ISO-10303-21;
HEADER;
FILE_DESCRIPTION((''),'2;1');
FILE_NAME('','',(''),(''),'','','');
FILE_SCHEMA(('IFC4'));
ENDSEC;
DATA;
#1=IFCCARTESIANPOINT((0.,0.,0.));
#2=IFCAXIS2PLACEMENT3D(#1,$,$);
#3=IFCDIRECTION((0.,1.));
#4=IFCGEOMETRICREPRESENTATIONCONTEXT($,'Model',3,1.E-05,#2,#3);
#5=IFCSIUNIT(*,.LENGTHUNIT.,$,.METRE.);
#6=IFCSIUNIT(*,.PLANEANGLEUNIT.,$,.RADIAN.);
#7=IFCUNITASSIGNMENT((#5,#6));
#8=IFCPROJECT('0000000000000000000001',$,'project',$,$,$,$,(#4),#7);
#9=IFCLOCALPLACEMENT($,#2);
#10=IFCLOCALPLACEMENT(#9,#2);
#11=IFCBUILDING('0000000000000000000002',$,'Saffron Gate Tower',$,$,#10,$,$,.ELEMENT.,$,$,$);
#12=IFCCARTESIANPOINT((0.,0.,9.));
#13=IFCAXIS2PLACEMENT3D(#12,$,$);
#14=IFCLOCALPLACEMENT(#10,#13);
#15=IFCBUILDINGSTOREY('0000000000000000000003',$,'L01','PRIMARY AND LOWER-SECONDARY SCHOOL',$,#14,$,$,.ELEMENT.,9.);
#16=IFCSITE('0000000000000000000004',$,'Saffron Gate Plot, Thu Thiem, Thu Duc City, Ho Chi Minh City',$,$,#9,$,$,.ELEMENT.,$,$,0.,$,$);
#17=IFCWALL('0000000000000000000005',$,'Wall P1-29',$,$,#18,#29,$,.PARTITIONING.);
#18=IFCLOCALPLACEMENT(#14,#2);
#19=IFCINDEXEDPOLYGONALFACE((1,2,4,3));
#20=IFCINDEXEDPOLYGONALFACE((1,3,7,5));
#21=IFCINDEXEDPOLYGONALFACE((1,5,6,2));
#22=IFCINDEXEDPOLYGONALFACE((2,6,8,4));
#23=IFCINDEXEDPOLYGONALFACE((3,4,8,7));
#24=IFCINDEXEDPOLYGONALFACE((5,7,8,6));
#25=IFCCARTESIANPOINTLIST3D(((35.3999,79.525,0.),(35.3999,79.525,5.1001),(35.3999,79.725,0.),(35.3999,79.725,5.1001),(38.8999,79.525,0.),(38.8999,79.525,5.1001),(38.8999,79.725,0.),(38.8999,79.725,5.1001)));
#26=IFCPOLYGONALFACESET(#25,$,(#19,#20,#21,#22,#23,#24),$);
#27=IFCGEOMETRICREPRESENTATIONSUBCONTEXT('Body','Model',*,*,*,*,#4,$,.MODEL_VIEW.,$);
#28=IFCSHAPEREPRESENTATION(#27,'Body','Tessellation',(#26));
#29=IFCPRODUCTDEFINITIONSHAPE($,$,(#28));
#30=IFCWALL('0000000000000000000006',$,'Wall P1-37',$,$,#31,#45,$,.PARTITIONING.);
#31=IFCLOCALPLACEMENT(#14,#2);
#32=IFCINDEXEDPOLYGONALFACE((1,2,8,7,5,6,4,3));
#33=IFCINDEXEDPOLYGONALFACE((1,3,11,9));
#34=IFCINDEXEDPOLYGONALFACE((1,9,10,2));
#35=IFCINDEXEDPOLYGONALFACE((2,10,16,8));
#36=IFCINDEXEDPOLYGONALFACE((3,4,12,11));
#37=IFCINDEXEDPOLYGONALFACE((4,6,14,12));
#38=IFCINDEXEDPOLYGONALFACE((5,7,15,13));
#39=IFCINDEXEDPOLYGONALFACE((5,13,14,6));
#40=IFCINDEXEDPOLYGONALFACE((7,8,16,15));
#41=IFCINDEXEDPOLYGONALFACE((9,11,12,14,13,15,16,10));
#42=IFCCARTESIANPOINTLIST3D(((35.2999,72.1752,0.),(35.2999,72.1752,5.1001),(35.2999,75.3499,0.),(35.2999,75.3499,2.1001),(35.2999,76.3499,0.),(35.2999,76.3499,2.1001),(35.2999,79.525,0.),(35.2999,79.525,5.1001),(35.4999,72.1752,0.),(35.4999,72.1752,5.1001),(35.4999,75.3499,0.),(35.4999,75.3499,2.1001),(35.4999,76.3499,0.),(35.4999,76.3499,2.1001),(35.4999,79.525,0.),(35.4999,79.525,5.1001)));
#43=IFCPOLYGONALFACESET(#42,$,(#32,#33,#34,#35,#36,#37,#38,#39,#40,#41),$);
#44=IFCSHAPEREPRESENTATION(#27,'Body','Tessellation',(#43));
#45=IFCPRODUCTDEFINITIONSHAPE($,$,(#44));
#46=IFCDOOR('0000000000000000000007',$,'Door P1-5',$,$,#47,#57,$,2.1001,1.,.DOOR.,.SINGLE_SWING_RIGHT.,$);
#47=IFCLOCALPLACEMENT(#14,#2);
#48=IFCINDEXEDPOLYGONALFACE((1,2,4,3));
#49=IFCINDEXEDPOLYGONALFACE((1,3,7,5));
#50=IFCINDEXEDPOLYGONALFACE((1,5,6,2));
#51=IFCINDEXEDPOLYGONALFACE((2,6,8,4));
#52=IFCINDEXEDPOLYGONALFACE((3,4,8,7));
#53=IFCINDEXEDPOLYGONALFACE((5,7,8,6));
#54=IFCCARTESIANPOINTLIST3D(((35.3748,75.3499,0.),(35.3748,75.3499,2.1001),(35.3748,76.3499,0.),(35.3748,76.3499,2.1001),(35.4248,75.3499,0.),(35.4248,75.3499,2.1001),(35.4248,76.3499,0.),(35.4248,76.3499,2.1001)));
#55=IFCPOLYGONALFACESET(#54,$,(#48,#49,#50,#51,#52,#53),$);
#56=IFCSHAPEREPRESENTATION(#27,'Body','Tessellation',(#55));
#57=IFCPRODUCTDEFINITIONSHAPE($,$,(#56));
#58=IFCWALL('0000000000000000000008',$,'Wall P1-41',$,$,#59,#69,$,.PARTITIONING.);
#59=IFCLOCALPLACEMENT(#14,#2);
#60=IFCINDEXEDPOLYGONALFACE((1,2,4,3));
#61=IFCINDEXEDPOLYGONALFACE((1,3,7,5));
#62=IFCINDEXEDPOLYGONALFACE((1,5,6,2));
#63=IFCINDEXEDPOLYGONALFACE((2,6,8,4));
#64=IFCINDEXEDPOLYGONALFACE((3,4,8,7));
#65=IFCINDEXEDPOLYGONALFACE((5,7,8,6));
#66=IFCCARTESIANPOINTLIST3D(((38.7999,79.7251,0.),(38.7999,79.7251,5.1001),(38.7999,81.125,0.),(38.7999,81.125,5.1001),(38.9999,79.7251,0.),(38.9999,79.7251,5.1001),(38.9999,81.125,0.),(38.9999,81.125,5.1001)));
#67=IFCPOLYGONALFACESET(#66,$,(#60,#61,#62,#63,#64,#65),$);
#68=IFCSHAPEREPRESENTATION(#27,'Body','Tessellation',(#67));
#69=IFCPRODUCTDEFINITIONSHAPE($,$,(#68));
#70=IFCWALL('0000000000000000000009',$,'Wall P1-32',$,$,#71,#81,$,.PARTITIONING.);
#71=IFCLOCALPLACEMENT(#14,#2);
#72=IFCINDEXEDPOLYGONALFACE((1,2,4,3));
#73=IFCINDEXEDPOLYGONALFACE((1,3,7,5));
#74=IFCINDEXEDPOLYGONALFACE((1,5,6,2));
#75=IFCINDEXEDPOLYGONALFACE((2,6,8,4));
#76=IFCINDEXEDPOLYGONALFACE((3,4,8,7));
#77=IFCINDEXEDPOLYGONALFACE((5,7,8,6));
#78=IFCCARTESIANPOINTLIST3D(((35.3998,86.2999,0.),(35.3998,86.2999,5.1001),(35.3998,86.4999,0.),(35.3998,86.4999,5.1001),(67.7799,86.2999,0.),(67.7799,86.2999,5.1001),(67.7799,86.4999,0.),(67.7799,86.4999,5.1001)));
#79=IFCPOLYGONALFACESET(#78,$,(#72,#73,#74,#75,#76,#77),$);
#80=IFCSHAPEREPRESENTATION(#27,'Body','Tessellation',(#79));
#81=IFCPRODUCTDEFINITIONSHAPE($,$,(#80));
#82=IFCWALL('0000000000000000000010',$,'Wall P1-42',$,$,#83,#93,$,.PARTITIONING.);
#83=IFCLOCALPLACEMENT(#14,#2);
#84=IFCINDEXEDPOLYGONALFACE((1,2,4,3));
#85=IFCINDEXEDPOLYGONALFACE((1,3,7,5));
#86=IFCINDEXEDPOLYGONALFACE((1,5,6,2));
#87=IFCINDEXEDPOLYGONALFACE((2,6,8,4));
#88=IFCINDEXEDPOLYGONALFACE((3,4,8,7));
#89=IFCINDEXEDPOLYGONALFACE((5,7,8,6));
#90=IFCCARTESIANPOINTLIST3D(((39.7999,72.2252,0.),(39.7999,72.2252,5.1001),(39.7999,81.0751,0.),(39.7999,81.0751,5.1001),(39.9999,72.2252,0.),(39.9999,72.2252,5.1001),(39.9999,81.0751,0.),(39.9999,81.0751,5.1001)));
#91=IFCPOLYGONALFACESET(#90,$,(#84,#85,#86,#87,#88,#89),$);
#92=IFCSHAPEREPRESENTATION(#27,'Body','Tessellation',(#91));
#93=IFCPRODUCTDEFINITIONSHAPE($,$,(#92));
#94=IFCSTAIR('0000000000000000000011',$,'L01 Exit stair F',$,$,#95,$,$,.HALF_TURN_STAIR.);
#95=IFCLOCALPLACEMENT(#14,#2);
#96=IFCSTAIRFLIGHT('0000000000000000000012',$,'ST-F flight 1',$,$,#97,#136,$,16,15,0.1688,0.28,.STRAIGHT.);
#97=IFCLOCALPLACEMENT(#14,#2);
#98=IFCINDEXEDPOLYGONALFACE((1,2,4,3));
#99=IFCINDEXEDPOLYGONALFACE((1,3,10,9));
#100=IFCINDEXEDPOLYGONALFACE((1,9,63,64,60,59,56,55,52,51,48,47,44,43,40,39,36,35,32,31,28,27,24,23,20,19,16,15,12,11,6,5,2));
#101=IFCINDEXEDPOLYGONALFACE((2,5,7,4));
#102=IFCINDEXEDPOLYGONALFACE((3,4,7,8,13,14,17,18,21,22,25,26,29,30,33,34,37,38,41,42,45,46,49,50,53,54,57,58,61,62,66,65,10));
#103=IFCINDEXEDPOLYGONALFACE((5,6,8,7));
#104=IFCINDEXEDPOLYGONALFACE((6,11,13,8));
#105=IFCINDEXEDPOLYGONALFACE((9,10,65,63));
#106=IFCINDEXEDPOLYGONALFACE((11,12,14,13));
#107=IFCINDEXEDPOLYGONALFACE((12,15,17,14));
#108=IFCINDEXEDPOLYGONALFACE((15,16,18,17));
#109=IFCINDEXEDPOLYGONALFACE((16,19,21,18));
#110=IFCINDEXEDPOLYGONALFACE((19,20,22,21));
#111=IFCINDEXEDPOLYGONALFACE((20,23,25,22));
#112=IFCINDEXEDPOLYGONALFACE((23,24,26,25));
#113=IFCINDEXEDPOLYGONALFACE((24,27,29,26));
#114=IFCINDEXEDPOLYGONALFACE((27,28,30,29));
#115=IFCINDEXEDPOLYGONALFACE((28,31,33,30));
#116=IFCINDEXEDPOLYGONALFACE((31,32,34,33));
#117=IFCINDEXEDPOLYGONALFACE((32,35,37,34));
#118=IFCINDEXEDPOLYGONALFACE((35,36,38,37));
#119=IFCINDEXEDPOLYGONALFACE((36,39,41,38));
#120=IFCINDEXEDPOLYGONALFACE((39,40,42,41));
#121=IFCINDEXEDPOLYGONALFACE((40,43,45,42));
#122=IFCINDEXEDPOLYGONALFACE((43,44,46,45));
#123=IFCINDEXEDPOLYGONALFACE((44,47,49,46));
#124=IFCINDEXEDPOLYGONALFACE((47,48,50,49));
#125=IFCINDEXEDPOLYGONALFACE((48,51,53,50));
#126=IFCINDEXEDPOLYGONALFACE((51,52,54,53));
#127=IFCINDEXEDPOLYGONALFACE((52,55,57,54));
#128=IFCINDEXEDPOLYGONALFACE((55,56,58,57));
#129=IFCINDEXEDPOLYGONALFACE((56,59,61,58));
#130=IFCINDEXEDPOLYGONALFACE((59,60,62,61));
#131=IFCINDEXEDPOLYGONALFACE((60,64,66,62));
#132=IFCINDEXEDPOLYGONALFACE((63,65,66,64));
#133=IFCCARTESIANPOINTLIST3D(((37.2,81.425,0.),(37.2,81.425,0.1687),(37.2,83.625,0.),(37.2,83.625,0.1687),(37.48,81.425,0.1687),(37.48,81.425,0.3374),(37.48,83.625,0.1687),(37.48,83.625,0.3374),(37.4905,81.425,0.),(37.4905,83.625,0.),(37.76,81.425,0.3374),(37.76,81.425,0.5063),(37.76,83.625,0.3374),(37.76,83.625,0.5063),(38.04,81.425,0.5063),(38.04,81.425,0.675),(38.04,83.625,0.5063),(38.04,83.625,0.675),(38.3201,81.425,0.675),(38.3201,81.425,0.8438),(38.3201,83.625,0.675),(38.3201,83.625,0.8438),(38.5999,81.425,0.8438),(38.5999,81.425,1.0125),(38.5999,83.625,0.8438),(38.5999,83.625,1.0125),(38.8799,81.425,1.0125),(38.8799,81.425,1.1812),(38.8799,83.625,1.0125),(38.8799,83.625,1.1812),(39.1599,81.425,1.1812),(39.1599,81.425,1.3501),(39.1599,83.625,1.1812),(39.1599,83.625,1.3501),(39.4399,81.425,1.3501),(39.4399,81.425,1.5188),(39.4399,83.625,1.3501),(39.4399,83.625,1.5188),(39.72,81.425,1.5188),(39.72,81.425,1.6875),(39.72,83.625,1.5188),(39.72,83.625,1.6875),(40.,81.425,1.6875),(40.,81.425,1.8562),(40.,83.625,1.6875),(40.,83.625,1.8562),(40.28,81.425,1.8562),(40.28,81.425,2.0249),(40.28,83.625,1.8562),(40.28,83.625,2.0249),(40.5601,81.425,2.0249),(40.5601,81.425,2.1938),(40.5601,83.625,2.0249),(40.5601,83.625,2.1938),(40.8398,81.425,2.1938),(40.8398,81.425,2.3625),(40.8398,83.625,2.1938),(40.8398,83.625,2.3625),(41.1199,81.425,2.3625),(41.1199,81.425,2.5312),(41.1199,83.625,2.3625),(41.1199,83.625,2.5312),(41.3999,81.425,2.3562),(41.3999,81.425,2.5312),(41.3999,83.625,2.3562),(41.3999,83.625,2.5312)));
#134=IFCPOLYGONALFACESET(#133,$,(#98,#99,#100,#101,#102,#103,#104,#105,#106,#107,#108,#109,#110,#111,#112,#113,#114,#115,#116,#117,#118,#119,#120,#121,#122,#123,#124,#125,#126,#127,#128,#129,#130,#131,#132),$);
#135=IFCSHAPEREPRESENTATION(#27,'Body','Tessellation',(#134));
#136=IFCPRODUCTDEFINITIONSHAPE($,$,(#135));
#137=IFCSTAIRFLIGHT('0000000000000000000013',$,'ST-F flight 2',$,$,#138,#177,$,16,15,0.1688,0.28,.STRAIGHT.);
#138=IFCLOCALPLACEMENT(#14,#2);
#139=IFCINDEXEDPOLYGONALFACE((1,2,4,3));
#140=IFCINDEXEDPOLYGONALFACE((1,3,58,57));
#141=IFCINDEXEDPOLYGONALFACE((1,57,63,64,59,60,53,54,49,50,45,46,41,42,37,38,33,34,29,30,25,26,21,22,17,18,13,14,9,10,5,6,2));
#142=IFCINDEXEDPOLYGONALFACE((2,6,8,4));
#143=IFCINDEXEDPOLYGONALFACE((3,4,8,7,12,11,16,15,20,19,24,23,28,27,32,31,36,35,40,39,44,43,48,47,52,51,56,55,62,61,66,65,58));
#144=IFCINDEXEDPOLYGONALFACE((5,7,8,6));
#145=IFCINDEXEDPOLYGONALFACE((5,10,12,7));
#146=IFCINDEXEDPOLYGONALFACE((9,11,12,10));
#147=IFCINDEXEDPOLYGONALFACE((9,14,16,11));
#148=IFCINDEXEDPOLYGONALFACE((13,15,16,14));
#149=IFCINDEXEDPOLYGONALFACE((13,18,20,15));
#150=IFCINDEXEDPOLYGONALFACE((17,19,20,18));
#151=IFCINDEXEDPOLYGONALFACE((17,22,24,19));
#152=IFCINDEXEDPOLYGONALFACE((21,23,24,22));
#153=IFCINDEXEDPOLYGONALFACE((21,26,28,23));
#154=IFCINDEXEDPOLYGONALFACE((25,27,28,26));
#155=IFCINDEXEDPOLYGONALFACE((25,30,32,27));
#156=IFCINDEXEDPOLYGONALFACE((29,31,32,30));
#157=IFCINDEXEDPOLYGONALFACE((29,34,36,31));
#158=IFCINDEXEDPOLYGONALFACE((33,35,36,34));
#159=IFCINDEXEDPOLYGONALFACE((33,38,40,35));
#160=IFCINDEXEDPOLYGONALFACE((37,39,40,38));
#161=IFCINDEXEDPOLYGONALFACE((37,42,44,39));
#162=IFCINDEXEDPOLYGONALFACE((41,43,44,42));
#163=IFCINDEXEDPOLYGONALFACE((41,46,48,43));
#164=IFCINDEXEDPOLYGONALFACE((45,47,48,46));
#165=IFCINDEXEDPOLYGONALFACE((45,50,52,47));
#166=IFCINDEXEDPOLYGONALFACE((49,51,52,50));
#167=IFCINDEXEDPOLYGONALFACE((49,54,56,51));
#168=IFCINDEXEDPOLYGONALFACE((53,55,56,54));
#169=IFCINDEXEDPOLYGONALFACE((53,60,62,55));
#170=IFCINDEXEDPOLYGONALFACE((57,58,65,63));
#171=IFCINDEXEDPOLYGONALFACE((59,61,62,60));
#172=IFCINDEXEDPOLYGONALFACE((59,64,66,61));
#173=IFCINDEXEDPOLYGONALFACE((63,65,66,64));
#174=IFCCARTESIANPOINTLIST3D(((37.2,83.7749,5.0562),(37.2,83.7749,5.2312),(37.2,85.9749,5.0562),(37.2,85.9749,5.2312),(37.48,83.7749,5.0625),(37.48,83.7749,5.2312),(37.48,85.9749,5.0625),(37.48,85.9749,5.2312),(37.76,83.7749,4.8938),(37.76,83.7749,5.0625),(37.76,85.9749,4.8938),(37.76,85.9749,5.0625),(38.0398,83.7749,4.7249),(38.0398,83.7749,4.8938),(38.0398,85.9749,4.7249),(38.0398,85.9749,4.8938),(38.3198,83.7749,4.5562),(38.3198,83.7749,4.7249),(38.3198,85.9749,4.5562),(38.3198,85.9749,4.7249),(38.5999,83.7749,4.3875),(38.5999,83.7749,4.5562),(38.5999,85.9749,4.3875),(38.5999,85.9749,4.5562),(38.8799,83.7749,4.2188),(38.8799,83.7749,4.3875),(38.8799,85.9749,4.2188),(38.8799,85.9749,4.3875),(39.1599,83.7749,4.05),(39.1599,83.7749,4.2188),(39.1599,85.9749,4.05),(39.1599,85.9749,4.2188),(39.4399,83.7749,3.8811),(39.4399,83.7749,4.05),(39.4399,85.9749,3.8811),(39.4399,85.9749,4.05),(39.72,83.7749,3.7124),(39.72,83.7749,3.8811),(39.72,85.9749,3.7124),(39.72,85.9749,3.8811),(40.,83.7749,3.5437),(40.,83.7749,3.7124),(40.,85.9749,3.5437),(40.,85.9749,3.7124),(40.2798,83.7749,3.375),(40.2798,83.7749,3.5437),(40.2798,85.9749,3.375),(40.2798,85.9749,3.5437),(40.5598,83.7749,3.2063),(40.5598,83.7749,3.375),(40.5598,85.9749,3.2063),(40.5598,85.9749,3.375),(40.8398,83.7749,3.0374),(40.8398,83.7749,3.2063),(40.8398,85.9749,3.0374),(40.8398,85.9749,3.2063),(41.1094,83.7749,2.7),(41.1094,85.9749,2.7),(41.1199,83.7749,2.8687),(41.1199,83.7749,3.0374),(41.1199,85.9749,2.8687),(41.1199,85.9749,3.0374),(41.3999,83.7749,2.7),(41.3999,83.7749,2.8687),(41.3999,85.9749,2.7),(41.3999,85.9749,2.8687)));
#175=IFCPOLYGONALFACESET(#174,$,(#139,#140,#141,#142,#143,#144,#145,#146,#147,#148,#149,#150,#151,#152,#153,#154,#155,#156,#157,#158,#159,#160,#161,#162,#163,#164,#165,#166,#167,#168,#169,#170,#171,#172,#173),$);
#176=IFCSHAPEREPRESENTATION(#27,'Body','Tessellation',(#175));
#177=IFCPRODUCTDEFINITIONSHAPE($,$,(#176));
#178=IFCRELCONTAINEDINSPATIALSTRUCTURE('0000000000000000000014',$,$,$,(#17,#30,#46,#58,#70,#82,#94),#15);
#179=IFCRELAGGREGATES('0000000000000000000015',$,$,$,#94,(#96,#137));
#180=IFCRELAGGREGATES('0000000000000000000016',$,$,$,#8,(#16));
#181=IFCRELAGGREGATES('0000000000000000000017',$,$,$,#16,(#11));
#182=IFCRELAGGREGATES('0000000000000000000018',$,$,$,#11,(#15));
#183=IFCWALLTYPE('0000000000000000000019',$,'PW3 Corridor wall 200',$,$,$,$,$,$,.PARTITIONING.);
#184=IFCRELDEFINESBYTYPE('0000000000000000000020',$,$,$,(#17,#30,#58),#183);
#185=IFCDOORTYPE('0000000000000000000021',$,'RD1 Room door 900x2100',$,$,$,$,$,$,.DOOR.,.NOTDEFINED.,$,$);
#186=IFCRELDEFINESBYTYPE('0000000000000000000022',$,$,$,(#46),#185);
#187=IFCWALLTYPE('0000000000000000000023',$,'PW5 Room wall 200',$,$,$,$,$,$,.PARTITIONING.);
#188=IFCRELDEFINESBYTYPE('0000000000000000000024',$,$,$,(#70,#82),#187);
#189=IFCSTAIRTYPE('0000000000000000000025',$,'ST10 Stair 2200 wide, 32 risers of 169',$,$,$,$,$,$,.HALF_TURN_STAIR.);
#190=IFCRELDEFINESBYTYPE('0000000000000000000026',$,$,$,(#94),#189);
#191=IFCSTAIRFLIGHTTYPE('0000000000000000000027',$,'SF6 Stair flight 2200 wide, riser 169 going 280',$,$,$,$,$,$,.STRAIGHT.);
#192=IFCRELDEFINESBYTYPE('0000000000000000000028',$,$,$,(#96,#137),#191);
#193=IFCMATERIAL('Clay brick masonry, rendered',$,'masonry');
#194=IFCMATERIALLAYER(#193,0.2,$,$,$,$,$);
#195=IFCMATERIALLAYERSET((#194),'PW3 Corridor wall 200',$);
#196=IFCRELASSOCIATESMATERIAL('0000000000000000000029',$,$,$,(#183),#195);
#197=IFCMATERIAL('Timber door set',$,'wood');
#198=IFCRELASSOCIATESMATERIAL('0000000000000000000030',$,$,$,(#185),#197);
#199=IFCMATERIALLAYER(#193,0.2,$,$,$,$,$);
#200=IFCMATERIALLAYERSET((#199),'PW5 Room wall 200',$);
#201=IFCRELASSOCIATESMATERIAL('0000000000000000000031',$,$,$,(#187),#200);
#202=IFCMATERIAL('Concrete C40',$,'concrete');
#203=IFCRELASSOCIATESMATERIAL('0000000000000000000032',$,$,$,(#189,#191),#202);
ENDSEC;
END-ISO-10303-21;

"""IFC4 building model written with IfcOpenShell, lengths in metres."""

from ifc_helpers import new_model, si_unit, direction, frame, frame_2d, origin, place, context, subcontext, project, spatial, polyline, rectangle, outline, extrude, material, layer, layer_set, type_object, element, fill, aggregate, save


model = new_model("IFC4")

# Units and contexts
model_context = context("Model", 3, precision=1e-05, world=origin(), true_north=direction((0.0, 1.0)))
body_context = subcontext(model_context, "Body", "Model", "MODEL_VIEW")
ifc_project = project(units=[si_unit("LENGTHUNIT", "METRE"), si_unit("PLANEANGLEUNIT", "RADIAN")], contexts=[model_context])

# Site, building, storey
site_placement = place(None, origin())
site = spatial("IfcSite", under=ifc_project, at=site_placement, Name="Saffron Gate Plot, Thu Thiem, Thu Duc City, Ho Chi Minh City", CompositionType="ELEMENT", RefElevation=0.0)
building_placement = place(site_placement, origin())
building = spatial("IfcBuilding", under=site, at=building_placement, Name="Saffron Gate Tower", CompositionType="ELEMENT")
storey_placement = place(building_placement, frame((0.0, 0.0, 9.0)))
storey = spatial("IfcBuildingStorey", under=building, at=storey_placement, Name="L01", Description="PRIMARY AND LOWER-SECONDARY SCHOOL", CompositionType="ELEMENT", Elevation=9.0)

# Wall
ifc_material_1 = material(Name="Clay brick masonry, rendered", Category="masonry")
ifc_layer_1 = layer(ifc_material_1, 0.2)
ifc_layer_set_1 = layer_set([ifc_layer_1], Name="PW3 Corridor wall 200")
wall_type_1 = type_object("IfcWallType", Name="PW3 Corridor wall 200", PredefinedType="PARTITIONING", material=ifc_layer_set_1)
wall_1_placement = place(storey_placement, frame((35.3999, 79.625, 0.0), z_axis=(0.0, 0.0, 1.0), x_axis=(1.0, 0.0, 0.0)))
element("IfcWall", 1, at=wall_1_placement, inside=storey, type_object=wall_type_1, Name="Wall P1-29", PredefinedType="PARTITIONING", context=body_context, shape_type="SweptSolid", body=[
    extrude(rectangle(XDim=3.5, YDim=0.2, at=frame_2d((1.75, 0.0))), origin(), (0.0, 0.0, 1.0), 5.1001),
])

# Wall, opening, door
wall_2_placement = place(storey_placement, frame((35.3999, 79.5249, 0.0), z_axis=(0.0, 0.0, 1.0), x_axis=(0.0, -1.0, 0.0)))
wall_2 = element("IfcWall", 2, at=wall_2_placement, inside=storey, type_object=wall_type_1, Name="Wall P1-37", PredefinedType="PARTITIONING", context=body_context, shape_type="SweptSolid", body=[
    extrude(rectangle(XDim=7.3499, YDim=0.2, at=frame_2d((3.6748, 0.0))), origin(), (0.0, 0.0, 1.0), 5.1001),
])
opening_placement = place(wall_2_placement, frame((3.175, 0.0, 0.0)))
opening = element("IfcOpeningElement", 3, at=opening_placement, cuts=wall_2, PredefinedType="OPENING", context=body_context, shape_type="SweptSolid", body=[
    extrude(rectangle(XDim=1.0, YDim=2.1001, at=frame_2d((0.5, 1.05))), frame((0.0, 0.1099, 0.0), z_axis=(0.0, -1.0, 0.0), x_axis=(1.0, 0.0, 0.0)), (0.0, 0.0, 1.0), 0.22),
])
ifc_material_2 = material(Name="Timber door set", Category="wood")
door_type = type_object("IfcDoorType", Name="RD1 Room door 900x2100", OperationType="NOTDEFINED", PredefinedType="DOOR", material=ifc_material_2)
door_placement = place(opening_placement, origin())
door = element("IfcDoor", 4, at=door_placement, inside=storey, type_object=door_type, Name="Door P1-5", OperationType="SINGLE_SWING_RIGHT", OverallHeight=2.1001, OverallWidth=1.0, PredefinedType="DOOR", context=body_context, shape_type="SweptSolid", body=[
    extrude(rectangle(XDim=1.0, YDim=2.1001, at=frame_2d((0.5, 1.05))), frame((0.0, 0.0249, 0.0), z_axis=(0.0, -1.0, 0.0), x_axis=(1.0, 0.0, 0.0)), (0.0, 0.0, 1.0), 0.05),
])
fill(opening, door)

# Walls
wall_3_placement = place(storey_placement, frame((38.8999, 81.125, 0.0), z_axis=(0.0, 0.0, 1.0), x_axis=(0.0, -1.0, 0.0)))
element("IfcWall", 5, at=wall_3_placement, inside=storey, type_object=wall_type_1, Name="Wall P1-41", PredefinedType="PARTITIONING", context=body_context, shape_type="SweptSolid", body=[
    extrude(rectangle(XDim=1.3999, YDim=0.2, at=frame_2d((0.7, 0.0))), origin(), (0.0, 0.0, 1.0), 5.1001),
])
ifc_layer_2 = layer(ifc_material_1, 0.2)
ifc_layer_set_2 = layer_set([ifc_layer_2], Name="PW5 Room wall 200")
wall_type_2 = type_object("IfcWallType", Name="PW5 Room wall 200", PredefinedType="PARTITIONING", material=ifc_layer_set_2)
wall_4_placement = place(storey_placement, frame((35.3999, 86.3999, 0.0), z_axis=(0.0, 0.0, 1.0), x_axis=(1.0, 0.0, 0.0)))
element("IfcWall", 6, at=wall_4_placement, inside=storey, type_object=wall_type_2, Name="Wall P1-32", PredefinedType="PARTITIONING", context=body_context, shape_type="SweptSolid", body=[
    extrude(rectangle(XDim=32.3801, YDim=0.2, at=frame_2d((16.1899, 0.0))), origin(), (0.0, 0.0, 1.0), 5.1001),
])
wall_5_placement = place(storey_placement, frame((39.8999, 81.075, 0.0), z_axis=(0.0, 0.0, 1.0), x_axis=(0.0, -1.0, 0.0)))
element("IfcWall", 7, at=wall_5_placement, inside=storey, type_object=wall_type_2, Name="Wall P1-42", PredefinedType="PARTITIONING", context=body_context, shape_type="SweptSolid", body=[
    extrude(rectangle(XDim=8.8499, YDim=0.2, at=frame_2d((4.4248, 0.0))), origin(), (0.0, 0.0, 1.0), 5.1001),
])

# Stair, stair flights
ifc_material_3 = material(Name="Concrete C40", Category="concrete")
stair_type = type_object("IfcStairType", Name="ST10 Stair 2200 wide, 32 risers of 169", PredefinedType="HALF_TURN_STAIR", material=ifc_material_3)
stair_placement = place(storey_placement, origin())
stair = element("IfcStair", 8, at=stair_placement, inside=storey, type_object=stair_type, Name="L01 Exit stair F", PredefinedType="HALF_TURN_STAIR")
stair_flight_type = type_object("IfcStairFlightType", Name="SF6 Stair flight 2200 wide, riser 169 going 280", PredefinedType="STRAIGHT", material=ifc_material_3)
stair_flight_1_placement = place(storey_placement, frame((37.2, 82.5249, 0.0), z_axis=(0.0, 0.0, 1.0), x_axis=(1.0, 0.0, 0.0)))
stair_flight_1 = element("IfcStairFlight", 9, at=stair_flight_1_placement, type_object=stair_flight_type, Name="ST-F flight 1", NumberOfRisers=16, NumberOfTreads=15, PredefinedType="STRAIGHT", RiserHeight=0.1688, TreadLength=0.28, context=body_context, shape_type="SweptSolid", body=[
    extrude(outline(polyline([(0.0, 0.0), (0.0, 0.1687), (0.28, 0.1687), (0.28, 0.3374), (0.5601, 0.3374), (0.5601, 0.5063), (0.8401, 0.5063), (0.8401, 0.675), (1.1201, 0.675), (1.1201, 0.8438), (1.3999, 0.8438), (1.3999, 1.0125), (1.6799, 1.0125), (1.6799, 1.1812), (1.96, 1.1812), (1.96, 1.3501), (2.24, 1.3501), (2.24, 1.5188), (2.52, 1.5188), (2.52, 1.6875), (2.8, 1.6875), (2.8, 1.8562), (3.0801, 1.8562), (3.0801, 2.0249), (3.3601, 2.0249), (3.3601, 2.1938), (3.6399, 2.1938), (3.6399, 2.3625), (3.9199, 2.3625), (3.9199, 2.5312), (4.2, 2.5312), (4.2, 2.7), (4.2, 2.3562), (0.2905, 0.0), (0.0, 0.0)])), frame((0.0, 1.1001, 0.0), z_axis=(0.0, -1.0, 0.0), x_axis=(1.0, 0.0, 0.0)), (0.0, 0.0, 1.0), 2.2),
])
stair_flight_2_placement = place(storey_placement, frame((41.3999, 84.875, 2.7), z_axis=(0.0, 0.0, 1.0), x_axis=(-1.0, 0.0, 0.0)))
stair_flight_2 = element("IfcStairFlight", 10, at=stair_flight_2_placement, type_object=stair_flight_type, Name="ST-F flight 2", NumberOfRisers=16, NumberOfTreads=15, PredefinedType="STRAIGHT", RiserHeight=0.1688, TreadLength=0.28, context=body_context, shape_type="SweptSolid", body=[
    extrude(outline(polyline([(0.0, 0.0), (0.0, 0.1687), (0.28, 0.1687), (0.28, 0.3374), (0.5601, 0.3374), (0.5601, 0.5063), (0.8401, 0.5063), (0.8401, 0.675), (1.1201, 0.675), (1.1201, 0.8438), (1.3999, 0.8438), (1.3999, 1.0125), (1.6799, 1.0125), (1.6799, 1.1812), (1.96, 1.1812), (1.96, 1.3501), (2.24, 1.3501), (2.24, 1.5188), (2.52, 1.5188), (2.52, 1.6875), (2.8, 1.6875), (2.8, 1.8562), (3.0801, 1.8562), (3.0801, 2.0249), (3.3601, 2.0249), (3.3601, 2.1938), (3.6399, 2.1938), (3.6399, 2.3625), (3.9199, 2.3625), (3.9199, 2.5312), (4.2, 2.5312), (4.2, 2.7), (4.2, 2.3562), (0.2905, 0.0), (0.0, 0.0)])), frame((0.0, 1.1001, 0.0), z_axis=(0.0, -1.0, 0.0), x_axis=(1.0, 0.0, 0.0)), (0.0, 0.0, 1.0), 2.2),
])
aggregate(stair, [stair_flight_1, stair_flight_2])

save(model, "model.ifc")
